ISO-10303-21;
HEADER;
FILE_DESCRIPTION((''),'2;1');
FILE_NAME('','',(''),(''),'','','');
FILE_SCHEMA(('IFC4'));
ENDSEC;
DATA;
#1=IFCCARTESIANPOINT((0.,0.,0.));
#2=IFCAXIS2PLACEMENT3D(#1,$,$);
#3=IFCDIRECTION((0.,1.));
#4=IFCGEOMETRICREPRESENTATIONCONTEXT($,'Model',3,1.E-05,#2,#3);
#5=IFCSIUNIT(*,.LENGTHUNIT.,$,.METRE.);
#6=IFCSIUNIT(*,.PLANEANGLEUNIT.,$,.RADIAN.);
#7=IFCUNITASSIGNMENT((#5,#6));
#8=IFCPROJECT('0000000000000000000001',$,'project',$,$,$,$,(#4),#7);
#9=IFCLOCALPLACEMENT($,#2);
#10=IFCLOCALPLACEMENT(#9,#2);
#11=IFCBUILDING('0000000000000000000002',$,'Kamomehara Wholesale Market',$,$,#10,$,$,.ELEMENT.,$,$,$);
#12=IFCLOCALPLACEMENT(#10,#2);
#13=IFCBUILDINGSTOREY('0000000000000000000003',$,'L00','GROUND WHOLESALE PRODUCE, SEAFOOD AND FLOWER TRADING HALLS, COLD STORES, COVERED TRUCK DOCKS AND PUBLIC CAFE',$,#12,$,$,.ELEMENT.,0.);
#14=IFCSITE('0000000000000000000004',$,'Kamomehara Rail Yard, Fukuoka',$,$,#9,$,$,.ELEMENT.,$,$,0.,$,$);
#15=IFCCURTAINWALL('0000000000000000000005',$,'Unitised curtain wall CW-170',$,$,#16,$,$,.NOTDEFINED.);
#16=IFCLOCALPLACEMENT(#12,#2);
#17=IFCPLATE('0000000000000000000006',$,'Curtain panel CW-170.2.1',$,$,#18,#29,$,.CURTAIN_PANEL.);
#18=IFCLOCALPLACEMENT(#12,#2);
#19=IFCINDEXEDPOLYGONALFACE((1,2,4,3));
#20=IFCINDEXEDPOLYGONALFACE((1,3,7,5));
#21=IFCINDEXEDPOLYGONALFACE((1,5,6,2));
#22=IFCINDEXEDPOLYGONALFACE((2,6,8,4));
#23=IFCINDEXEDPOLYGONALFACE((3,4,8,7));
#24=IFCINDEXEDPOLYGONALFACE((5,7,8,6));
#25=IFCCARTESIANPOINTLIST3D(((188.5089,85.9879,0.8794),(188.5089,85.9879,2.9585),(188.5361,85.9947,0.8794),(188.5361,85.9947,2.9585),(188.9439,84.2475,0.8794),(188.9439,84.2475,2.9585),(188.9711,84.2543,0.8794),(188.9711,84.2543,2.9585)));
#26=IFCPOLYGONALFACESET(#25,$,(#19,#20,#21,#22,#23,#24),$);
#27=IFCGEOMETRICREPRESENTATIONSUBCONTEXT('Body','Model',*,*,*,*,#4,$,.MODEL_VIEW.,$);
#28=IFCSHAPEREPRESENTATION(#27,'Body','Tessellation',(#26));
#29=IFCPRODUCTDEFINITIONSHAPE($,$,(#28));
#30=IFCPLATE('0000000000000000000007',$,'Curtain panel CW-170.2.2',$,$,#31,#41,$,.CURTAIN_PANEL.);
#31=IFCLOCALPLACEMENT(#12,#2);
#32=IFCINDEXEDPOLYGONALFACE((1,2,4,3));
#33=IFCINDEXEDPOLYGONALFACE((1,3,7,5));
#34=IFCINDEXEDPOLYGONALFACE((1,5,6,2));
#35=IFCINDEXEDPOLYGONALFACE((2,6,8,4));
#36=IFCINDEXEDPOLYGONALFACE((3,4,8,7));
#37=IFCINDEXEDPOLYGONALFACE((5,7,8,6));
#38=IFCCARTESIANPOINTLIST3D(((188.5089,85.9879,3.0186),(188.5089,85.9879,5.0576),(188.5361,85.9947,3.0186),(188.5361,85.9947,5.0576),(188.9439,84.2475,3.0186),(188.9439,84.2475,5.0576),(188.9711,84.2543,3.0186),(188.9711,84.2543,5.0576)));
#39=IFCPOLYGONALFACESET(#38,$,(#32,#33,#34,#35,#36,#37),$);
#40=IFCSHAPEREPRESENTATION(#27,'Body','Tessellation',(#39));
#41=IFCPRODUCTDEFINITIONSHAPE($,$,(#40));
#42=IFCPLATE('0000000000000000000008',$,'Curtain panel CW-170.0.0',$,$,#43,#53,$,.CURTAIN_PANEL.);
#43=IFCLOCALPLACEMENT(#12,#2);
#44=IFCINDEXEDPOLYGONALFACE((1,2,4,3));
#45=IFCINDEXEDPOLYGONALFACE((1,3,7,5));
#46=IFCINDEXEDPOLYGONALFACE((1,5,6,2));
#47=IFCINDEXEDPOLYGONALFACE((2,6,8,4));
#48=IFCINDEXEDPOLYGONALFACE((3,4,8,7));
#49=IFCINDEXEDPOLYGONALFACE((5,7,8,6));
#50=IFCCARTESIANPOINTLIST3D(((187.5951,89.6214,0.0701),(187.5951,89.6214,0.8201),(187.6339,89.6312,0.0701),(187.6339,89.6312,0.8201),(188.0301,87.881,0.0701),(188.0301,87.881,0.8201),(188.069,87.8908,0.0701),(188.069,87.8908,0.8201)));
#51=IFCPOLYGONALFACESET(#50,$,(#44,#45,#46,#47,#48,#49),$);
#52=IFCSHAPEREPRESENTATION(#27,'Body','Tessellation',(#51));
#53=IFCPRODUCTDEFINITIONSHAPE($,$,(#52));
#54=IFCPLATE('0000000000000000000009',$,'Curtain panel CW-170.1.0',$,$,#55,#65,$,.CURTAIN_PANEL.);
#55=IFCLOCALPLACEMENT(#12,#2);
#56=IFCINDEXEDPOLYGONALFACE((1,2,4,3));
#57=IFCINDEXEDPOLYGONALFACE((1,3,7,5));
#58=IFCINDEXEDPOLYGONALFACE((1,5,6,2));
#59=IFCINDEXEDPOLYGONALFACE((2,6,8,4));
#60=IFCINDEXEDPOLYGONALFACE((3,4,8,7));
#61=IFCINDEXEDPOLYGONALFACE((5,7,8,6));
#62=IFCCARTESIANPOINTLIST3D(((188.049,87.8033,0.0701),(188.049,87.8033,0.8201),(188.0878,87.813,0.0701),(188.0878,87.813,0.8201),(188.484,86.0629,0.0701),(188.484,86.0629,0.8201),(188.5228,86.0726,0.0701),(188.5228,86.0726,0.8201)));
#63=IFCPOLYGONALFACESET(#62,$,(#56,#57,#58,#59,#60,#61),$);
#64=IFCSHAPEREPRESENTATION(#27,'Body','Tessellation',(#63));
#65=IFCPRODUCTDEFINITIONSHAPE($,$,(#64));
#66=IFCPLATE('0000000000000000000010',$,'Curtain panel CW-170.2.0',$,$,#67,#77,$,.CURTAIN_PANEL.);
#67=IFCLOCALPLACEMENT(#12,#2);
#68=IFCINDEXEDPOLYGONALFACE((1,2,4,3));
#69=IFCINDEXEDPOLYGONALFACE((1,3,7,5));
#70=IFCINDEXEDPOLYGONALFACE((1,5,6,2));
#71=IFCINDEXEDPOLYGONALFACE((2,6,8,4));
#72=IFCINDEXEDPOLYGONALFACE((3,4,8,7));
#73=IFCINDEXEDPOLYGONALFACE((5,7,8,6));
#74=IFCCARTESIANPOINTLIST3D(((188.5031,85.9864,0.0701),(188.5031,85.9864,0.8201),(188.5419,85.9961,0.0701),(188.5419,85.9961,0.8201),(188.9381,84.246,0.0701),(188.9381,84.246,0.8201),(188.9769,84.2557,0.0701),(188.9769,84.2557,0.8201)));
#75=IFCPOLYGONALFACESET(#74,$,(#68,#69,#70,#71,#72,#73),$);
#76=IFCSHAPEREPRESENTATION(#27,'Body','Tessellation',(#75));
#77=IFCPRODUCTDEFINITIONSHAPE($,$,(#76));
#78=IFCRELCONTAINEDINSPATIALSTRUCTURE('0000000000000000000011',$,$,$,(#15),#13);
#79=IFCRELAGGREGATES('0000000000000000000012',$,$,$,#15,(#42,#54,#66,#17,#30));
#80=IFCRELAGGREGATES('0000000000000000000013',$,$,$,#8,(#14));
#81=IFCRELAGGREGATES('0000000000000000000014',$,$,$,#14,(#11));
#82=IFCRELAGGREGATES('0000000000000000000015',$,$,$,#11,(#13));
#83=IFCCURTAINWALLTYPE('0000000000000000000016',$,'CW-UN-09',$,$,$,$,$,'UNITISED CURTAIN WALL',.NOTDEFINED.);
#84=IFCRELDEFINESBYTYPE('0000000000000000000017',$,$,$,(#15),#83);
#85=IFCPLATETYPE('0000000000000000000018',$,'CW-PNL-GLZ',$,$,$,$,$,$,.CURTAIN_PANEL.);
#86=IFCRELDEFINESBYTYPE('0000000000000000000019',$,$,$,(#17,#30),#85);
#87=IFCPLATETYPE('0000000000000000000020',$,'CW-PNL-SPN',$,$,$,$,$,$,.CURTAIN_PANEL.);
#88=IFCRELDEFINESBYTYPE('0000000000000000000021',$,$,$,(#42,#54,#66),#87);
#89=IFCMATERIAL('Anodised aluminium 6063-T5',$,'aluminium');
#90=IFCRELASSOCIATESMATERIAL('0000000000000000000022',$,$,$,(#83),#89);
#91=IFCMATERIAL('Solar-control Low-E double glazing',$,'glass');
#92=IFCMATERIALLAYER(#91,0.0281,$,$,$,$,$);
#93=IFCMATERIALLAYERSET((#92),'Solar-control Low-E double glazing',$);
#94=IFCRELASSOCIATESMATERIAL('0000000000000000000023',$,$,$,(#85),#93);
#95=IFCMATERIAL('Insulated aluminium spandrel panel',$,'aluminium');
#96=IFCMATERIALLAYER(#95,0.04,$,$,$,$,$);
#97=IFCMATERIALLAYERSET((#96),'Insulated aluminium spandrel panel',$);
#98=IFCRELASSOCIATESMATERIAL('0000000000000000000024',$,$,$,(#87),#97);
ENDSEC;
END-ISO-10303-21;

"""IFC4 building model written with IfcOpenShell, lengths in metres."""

from ifc_helpers import new_model, si_unit, direction, frame, origin, origin_2d, place, context, subcontext, project, spatial, rectangle, extrude, material, layer, layer_set, type_object, element, aggregate, save


model = new_model("IFC4")

# Units and contexts
model_context = context("Model", 3, precision=1e-05, world=origin(), true_north=direction((0.0, 1.0)))
body_context = subcontext(model_context, "Body", "Model", "MODEL_VIEW")
ifc_project = project(units=[si_unit("LENGTHUNIT", "METRE"), si_unit("PLANEANGLEUNIT", "RADIAN")], contexts=[model_context])

# Site, building, storey
site_placement = place(None, origin())
site = spatial("IfcSite", under=ifc_project, at=site_placement, Name="Kamomehara Rail Yard, Fukuoka", CompositionType="ELEMENT", RefElevation=0.0)
building_placement = place(site_placement, origin())
building = spatial("IfcBuilding", under=site, at=building_placement, Name="Kamomehara Wholesale Market", CompositionType="ELEMENT")
storey_placement = place(building_placement, origin())
storey = spatial("IfcBuildingStorey", under=building, at=storey_placement, Name="L00", Description="GROUND WHOLESALE PRODUCE, SEAFOOD AND FLOWER TRADING HALLS, COLD STORES, COVERED TRUCK DOCKS AND PUBLIC CAFE", CompositionType="ELEMENT", Elevation=0.0)

# Shared definitions
ifc_material_1 = material(Name="Anodised aluminium 6063-T5", Category="aluminium")
curtain_wall_type = type_object("IfcCurtainWallType", Name="CW-UN-09", ElementType="UNITISED CURTAIN WALL", PredefinedType="NOTDEFINED", material=ifc_material_1)

# Curtain wall
curtain_wall_1_placement = place(storey_placement, origin())
curtain_wall_1 = element("IfcCurtainWall", 1, at=curtain_wall_1_placement, inside=storey, type_object=curtain_wall_type, Name="Unitised curtain wall CW-170", PredefinedType="NOTDEFINED")

# Plates
ifc_material_2 = material(Name="Solar-control Low-E double glazing", Category="glass")
ifc_layer_1 = layer(ifc_material_2, 0.0281)
ifc_layer_set_1 = layer_set([ifc_layer_1], Name="Solar-control Low-E double glazing")
plate_type_1 = type_object("IfcPlateType", Name="CW-PNL-GLZ", PredefinedType="CURTAIN_PANEL", material=ifc_layer_set_1)
plate_1_placement = place(storey_placement, frame((188.74, 85.1211, 0.8794), z_axis=(0.0, 0.0, 1.0), x_axis=(0.242498, -0.970152, 0.0)))
plate_1 = element("IfcPlate", 2, at=plate_1_placement, type_object=plate_type_1, Name="Curtain panel CW-170.2.1", PredefinedType="CURTAIN_PANEL", context=body_context, shape_type="SweptSolid", body=[
    extrude(rectangle(XDim=1.7939, YDim=0.0281, at=origin_2d()), origin(), (0.0, 0.0, 1.0), 2.0791),
])
plate_2_placement = place(storey_placement, frame((188.74, 85.1211, 3.0186), z_axis=(0.0, 0.0, 1.0), x_axis=(0.242498, -0.970152, 0.0)))
plate_2 = element("IfcPlate", 3, at=plate_2_placement, type_object=plate_type_1, Name="Curtain panel CW-170.2.2", PredefinedType="CURTAIN_PANEL", context=body_context, shape_type="SweptSolid", body=[
    extrude(rectangle(XDim=1.7939, YDim=0.0281, at=origin_2d()), origin(), (0.0, 0.0, 1.0), 2.0391),
])
ifc_material_3 = material(Name="Insulated aluminium spandrel panel", Category="aluminium")
ifc_layer_2 = layer(ifc_material_3, 0.04)
ifc_layer_set_2 = layer_set([ifc_layer_2], Name="Insulated aluminium spandrel panel")
plate_type_2 = type_object("IfcPlateType", Name="CW-PNL-SPN", PredefinedType="CURTAIN_PANEL", material=ifc_layer_set_2)
plate_3_placement = place(storey_placement, frame((187.832, 88.7561, 0.0701), z_axis=(0.0, 0.0, 1.0), x_axis=(0.242498, -0.970152, 0.0)))
plate_3 = element("IfcPlate", 4, at=plate_3_placement, type_object=plate_type_2, Name="Curtain panel CW-170.0.0", PredefinedType="CURTAIN_PANEL", context=body_context, shape_type="SweptSolid", body=[
    extrude(rectangle(XDim=1.7939, YDim=0.04, at=origin_2d()), origin(), (0.0, 0.0, 1.0), 0.75),
])
plate_4_placement = place(storey_placement, frame((188.2859, 86.938, 0.0701), z_axis=(0.0, 0.0, 1.0), x_axis=(0.242498, -0.970152, 0.0)))
plate_4 = element("IfcPlate", 5, at=plate_4_placement, type_object=plate_type_2, Name="Curtain panel CW-170.1.0", PredefinedType="CURTAIN_PANEL", context=body_context, shape_type="SweptSolid", body=[
    extrude(rectangle(XDim=1.7939, YDim=0.04, at=origin_2d()), origin(), (0.0, 0.0, 1.0), 0.75),
])
plate_5_placement = place(storey_placement, frame((188.74, 85.1211, 0.0701), z_axis=(0.0, 0.0, 1.0), x_axis=(0.242498, -0.970152, 0.0)))
plate_5 = element("IfcPlate", 6, at=plate_5_placement, type_object=plate_type_2, Name="Curtain panel CW-170.2.0", PredefinedType="CURTAIN_PANEL", context=body_context, shape_type="SweptSolid", body=[
    extrude(rectangle(XDim=1.7939, YDim=0.04, at=origin_2d()), origin(), (0.0, 0.0, 1.0), 0.75),
])
aggregate(curtain_wall_1, [plate_3, plate_4, plate_5, plate_1, plate_2])

save(model, "model.ifc")
